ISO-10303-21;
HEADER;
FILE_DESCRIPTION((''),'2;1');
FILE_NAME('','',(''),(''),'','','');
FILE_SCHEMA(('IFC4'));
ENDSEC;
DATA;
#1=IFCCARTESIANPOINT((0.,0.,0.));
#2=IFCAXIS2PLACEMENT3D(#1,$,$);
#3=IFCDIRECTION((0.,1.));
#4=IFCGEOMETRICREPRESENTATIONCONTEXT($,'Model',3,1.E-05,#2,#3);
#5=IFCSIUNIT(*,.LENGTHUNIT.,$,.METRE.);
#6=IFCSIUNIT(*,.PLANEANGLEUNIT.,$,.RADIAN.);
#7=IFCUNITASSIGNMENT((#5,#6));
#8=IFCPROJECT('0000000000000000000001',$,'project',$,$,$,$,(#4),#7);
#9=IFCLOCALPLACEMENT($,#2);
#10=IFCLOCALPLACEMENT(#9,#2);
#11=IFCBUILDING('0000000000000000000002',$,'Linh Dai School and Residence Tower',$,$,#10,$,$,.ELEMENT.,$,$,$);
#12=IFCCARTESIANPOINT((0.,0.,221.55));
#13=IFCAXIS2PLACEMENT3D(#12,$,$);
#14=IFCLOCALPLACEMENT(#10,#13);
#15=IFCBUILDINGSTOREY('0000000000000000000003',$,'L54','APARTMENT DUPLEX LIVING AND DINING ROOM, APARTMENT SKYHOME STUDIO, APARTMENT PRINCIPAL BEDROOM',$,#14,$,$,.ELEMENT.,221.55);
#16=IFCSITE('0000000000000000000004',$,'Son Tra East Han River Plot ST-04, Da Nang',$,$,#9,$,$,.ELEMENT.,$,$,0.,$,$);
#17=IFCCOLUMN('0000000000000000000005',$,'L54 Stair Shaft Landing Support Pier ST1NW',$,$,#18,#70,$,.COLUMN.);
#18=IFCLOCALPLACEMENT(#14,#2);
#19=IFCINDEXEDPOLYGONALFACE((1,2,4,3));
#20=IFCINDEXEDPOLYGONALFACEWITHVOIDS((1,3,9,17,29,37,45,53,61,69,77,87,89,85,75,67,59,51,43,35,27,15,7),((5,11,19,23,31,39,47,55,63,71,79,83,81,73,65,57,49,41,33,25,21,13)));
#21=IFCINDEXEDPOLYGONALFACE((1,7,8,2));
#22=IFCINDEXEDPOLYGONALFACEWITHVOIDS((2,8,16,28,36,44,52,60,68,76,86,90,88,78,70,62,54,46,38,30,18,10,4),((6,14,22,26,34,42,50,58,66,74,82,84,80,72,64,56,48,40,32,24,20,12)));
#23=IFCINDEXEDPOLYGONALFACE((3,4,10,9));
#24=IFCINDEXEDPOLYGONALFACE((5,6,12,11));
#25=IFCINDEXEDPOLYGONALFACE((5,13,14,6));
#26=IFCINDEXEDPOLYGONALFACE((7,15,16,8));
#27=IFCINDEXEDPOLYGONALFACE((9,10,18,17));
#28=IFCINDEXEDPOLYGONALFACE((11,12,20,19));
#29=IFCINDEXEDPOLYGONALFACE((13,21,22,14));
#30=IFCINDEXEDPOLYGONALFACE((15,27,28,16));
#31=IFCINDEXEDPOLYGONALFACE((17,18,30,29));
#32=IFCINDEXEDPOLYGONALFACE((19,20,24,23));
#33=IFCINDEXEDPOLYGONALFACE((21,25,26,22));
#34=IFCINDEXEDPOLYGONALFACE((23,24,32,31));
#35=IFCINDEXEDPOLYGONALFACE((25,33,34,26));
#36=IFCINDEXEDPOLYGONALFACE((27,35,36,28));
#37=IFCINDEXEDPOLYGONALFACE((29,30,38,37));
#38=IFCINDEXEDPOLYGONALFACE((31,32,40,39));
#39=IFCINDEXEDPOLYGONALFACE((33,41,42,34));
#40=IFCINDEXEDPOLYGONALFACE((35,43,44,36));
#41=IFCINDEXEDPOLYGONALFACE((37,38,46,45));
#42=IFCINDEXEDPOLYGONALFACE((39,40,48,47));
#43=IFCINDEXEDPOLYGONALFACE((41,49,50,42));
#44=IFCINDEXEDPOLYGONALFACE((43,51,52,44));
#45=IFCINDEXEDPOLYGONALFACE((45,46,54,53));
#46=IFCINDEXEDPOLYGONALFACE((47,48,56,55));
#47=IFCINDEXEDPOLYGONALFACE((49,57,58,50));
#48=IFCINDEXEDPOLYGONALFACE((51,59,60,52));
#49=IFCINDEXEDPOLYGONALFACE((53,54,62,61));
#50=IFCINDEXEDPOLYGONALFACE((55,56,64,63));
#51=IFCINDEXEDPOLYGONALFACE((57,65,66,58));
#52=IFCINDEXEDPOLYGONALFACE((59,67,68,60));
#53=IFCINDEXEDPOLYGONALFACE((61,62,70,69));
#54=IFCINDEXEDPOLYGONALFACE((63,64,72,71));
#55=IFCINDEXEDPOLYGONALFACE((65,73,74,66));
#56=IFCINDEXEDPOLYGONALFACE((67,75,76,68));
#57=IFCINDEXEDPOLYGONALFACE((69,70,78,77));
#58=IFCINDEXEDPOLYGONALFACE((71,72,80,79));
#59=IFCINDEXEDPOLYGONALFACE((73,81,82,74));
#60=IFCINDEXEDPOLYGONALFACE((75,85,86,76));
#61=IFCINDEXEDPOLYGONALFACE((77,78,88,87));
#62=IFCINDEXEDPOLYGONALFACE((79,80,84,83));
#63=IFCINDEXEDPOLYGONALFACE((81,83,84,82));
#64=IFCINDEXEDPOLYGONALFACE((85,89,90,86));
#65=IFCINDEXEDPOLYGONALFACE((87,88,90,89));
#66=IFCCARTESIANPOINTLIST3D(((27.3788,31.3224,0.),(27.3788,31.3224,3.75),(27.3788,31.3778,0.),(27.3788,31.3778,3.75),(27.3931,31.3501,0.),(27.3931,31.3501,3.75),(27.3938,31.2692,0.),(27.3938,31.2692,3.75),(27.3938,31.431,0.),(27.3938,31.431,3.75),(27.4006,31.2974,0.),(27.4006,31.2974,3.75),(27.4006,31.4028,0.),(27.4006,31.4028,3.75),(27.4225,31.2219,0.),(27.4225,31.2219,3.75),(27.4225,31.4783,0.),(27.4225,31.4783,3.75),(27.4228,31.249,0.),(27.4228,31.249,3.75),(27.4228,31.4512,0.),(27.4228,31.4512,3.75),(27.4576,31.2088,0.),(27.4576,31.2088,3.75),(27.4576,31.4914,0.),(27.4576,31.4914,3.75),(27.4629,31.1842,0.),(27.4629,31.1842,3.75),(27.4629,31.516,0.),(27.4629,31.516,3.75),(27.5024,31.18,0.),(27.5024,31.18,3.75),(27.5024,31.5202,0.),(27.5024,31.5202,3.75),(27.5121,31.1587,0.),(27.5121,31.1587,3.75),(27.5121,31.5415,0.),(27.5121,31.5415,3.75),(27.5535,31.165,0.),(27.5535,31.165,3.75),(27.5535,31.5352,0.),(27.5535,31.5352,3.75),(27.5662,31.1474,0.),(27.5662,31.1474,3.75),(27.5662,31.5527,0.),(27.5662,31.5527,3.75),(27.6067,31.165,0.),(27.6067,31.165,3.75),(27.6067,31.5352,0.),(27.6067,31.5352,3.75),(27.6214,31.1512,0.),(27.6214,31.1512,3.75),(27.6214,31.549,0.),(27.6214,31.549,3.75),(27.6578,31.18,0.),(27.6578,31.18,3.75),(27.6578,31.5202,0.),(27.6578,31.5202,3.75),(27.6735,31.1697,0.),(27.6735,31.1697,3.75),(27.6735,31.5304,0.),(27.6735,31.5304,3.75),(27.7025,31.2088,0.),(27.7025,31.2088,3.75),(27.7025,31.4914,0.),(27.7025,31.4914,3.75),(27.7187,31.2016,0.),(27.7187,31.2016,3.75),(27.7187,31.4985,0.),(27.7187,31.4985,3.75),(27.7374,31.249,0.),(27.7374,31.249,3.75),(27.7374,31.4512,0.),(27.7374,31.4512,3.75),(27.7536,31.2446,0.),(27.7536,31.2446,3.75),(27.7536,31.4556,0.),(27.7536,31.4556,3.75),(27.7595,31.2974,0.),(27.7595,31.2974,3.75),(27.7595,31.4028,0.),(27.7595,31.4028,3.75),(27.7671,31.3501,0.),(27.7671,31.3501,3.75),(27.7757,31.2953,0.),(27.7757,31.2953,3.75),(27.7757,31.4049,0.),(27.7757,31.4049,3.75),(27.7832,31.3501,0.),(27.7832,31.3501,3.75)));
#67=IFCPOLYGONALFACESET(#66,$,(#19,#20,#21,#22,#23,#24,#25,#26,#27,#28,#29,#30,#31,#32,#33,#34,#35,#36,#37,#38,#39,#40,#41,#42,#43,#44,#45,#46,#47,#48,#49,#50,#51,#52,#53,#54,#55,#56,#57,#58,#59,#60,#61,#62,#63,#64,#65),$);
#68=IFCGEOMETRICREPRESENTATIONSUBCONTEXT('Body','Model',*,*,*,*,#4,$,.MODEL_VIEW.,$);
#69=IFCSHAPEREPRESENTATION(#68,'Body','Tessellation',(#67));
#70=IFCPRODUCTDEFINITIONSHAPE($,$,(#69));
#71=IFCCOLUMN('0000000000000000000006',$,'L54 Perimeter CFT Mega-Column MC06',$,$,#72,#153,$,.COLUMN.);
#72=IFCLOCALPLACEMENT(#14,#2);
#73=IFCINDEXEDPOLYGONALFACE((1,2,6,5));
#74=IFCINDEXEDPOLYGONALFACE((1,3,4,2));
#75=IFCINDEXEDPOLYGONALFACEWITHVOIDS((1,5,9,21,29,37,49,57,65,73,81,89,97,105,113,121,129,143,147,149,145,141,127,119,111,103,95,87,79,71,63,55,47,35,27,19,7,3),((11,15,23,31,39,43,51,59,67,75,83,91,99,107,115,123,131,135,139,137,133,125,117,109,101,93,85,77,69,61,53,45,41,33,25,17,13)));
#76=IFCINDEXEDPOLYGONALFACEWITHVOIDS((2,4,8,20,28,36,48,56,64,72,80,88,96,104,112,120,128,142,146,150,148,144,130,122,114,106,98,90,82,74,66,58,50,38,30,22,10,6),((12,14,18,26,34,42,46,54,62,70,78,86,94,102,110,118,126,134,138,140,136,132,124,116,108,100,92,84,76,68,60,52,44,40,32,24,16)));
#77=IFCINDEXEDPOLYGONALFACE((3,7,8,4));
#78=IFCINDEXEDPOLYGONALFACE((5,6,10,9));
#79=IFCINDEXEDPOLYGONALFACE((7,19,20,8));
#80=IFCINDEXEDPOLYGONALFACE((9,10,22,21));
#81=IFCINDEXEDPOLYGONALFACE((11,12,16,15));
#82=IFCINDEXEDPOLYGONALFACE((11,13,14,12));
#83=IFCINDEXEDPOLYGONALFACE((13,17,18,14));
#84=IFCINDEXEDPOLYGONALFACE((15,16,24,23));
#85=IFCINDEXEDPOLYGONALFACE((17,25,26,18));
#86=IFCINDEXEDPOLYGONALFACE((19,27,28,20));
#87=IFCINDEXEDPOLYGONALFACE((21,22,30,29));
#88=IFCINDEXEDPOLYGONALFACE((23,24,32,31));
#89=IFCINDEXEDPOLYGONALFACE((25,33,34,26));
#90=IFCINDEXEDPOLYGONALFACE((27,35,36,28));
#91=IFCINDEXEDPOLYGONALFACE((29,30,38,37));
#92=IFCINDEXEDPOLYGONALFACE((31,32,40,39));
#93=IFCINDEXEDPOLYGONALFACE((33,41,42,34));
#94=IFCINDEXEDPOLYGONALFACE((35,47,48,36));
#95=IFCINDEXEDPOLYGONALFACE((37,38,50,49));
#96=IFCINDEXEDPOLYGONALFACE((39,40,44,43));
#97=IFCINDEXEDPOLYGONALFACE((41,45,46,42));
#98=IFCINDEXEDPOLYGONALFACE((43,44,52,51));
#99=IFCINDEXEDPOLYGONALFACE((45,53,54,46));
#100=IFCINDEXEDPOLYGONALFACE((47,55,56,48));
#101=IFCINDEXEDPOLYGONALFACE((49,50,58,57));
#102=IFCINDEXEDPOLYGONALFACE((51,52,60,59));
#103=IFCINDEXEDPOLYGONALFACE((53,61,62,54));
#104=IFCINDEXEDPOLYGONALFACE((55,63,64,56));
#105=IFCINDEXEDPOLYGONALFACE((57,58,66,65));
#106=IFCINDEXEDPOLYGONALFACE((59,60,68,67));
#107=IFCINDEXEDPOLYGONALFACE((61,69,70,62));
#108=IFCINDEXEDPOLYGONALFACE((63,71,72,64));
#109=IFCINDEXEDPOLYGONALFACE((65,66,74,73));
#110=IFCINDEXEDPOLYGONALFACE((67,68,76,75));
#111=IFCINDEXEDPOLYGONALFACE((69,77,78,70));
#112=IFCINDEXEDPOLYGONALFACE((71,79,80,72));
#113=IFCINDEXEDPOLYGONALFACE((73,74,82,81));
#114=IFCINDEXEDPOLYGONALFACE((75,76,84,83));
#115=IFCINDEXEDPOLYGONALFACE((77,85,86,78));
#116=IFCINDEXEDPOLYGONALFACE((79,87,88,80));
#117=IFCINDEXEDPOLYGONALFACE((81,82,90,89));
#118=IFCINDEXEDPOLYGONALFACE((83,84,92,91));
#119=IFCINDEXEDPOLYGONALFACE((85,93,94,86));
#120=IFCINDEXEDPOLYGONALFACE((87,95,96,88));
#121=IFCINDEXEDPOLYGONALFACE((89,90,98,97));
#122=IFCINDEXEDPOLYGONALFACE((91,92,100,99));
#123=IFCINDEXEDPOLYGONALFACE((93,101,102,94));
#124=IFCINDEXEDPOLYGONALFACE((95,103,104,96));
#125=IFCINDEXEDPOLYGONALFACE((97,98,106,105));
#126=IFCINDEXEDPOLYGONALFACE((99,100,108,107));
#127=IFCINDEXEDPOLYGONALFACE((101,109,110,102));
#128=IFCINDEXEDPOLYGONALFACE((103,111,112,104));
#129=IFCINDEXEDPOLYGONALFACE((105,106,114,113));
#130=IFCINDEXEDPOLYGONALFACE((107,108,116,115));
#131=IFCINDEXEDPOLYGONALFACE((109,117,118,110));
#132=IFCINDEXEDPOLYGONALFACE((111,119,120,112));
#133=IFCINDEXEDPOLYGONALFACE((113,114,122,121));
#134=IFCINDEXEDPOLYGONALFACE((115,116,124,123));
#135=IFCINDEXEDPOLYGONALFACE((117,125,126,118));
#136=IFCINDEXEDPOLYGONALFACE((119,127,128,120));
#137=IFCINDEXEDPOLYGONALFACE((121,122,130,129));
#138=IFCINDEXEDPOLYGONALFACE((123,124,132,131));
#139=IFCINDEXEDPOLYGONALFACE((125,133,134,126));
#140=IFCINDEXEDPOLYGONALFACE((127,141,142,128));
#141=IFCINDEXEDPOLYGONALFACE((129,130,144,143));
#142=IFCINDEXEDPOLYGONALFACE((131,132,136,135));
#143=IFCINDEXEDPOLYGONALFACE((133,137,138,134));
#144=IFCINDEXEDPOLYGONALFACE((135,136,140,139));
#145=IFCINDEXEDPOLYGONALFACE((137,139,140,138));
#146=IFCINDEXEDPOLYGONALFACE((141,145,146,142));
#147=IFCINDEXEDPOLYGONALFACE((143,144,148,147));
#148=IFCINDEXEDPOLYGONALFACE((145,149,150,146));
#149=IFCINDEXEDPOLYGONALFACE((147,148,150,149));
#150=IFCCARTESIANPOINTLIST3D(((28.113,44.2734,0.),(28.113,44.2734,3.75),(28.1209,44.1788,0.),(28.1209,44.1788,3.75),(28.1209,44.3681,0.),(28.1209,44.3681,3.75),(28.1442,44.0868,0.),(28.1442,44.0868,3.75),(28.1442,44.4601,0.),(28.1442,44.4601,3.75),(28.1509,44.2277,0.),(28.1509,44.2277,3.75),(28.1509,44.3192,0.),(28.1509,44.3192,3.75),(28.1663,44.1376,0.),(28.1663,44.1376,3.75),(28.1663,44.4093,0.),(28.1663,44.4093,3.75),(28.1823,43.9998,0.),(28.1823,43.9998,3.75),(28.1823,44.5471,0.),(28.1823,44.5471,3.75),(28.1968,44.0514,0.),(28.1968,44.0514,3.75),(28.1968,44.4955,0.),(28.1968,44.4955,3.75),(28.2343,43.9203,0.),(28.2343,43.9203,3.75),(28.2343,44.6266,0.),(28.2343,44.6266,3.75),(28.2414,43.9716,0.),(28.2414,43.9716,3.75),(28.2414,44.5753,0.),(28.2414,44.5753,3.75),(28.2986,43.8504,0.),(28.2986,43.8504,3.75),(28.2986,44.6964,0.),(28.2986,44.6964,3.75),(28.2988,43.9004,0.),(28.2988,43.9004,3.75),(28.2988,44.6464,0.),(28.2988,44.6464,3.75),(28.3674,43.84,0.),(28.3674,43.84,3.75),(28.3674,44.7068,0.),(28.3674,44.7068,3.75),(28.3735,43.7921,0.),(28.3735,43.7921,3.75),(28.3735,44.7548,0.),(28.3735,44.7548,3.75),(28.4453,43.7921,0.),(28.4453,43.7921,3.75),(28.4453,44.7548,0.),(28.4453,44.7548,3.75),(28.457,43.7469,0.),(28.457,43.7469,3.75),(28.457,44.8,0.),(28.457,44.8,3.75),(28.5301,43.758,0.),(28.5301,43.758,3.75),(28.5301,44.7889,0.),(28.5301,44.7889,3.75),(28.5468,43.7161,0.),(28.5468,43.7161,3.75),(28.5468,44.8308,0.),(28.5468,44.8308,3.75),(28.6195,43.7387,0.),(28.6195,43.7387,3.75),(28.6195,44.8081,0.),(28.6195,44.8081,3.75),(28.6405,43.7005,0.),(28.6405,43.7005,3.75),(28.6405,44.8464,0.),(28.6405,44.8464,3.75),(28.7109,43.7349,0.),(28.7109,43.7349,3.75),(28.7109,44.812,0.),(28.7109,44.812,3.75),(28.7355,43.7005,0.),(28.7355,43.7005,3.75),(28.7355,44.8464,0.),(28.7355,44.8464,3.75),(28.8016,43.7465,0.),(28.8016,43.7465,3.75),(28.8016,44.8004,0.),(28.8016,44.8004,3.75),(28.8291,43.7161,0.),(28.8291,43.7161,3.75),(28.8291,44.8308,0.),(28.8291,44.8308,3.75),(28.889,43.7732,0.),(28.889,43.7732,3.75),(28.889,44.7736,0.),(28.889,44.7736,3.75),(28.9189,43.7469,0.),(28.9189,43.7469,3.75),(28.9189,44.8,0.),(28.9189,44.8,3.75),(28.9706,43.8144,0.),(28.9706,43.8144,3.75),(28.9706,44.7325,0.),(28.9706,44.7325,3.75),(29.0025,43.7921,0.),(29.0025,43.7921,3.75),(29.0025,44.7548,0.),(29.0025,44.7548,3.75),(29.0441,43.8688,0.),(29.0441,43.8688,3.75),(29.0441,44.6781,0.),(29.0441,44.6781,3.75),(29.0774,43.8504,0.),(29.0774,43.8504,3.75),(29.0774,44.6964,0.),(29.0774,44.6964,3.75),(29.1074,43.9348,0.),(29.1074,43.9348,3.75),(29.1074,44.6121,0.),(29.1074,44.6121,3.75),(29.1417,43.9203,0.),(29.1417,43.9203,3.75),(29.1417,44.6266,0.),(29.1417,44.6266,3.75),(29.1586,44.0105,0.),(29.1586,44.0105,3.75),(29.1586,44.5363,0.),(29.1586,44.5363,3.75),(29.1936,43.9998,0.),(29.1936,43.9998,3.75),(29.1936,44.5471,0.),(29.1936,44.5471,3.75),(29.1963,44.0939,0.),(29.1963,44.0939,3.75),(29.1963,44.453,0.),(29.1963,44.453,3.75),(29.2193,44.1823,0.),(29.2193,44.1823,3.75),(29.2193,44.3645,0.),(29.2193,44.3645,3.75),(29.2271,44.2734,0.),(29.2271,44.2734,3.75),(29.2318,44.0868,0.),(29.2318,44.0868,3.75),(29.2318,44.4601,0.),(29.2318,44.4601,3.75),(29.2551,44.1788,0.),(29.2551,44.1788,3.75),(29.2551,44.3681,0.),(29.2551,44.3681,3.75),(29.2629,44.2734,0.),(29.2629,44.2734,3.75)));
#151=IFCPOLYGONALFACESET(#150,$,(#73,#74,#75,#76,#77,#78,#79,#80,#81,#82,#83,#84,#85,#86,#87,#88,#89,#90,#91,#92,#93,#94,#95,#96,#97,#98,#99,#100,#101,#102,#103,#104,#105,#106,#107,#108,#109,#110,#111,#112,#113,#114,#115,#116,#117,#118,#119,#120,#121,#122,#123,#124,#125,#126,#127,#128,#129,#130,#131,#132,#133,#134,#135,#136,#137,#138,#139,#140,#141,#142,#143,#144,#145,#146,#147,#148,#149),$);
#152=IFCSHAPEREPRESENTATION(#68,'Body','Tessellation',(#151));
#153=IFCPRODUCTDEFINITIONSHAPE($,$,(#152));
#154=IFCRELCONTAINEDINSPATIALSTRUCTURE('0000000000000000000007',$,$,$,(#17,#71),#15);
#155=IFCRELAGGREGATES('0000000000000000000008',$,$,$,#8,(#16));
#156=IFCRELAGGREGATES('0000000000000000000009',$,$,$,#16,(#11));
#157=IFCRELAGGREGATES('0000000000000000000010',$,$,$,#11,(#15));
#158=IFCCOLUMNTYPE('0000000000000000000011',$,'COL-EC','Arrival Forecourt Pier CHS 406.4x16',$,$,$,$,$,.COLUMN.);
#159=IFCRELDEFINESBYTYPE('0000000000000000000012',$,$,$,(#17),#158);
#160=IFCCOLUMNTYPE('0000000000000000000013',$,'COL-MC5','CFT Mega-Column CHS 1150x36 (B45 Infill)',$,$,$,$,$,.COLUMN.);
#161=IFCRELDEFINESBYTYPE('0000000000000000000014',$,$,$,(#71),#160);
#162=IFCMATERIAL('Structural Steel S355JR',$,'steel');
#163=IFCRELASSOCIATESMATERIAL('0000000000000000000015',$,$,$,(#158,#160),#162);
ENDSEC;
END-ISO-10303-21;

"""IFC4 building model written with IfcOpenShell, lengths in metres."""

from ifc_helpers import new_model, si_unit, direction, frame, origin, origin_2d, place, context, subcontext, project, spatial, hollow_circle, extrude, material, material_profile, profile_set, type_object, element, save


model = new_model("IFC4")

# Units and contexts
model_context = context("Model", 3, precision=1e-05, world=origin(), true_north=direction((0.0, 1.0)))
body_context = subcontext(model_context, "Body", "Model", "MODEL_VIEW")
ifc_project = project(units=[si_unit("LENGTHUNIT", "METRE"), si_unit("PLANEANGLEUNIT", "RADIAN")], contexts=[model_context])

# Site, building, storey
site_placement = place(None, origin())
site = spatial("IfcSite", under=ifc_project, at=site_placement, Name="Son Tra East Han River Plot ST-04, Da Nang", CompositionType="ELEMENT", RefElevation=0.0)
building_placement = place(site_placement, origin())
building = spatial("IfcBuilding", under=site, at=building_placement, Name="Linh Dai School and Residence Tower", CompositionType="ELEMENT")
storey_placement = place(building_placement, frame((0.0, 0.0, 221.55)))
storey = spatial("IfcBuildingStorey", under=building, at=storey_placement, Name="L54", Description="APARTMENT DUPLEX LIVING AND DINING ROOM, APARTMENT SKYHOME STUDIO, APARTMENT PRINCIPAL BEDROOM", CompositionType="ELEMENT", Elevation=221.55)

# Columns
ifc_material_1 = material(Name="Structural Steel S355JR", Category="steel")
ifc_material_profile_1 = material_profile(ifc_material_1, hollow_circle(Radius=0.2031, WallThickness=0.0161, at=origin_2d()), Name="CHS 406.4x16")
ifc_profile_set_1 = profile_set([ifc_material_profile_1], Name="Structural Steel S355JR")
column_type_1 = type_object("IfcColumnType", Name="COL-EC", Description="Arrival Forecourt Pier CHS 406.4x16", PredefinedType="COLUMN", material=ifc_profile_set_1)
column_1_placement = place(storey_placement, frame((27.5801, 31.3501, 0.0), z_axis=(0.0, 0.0, 1.0), x_axis=(1.0, 0.0, 0.0)))
element("IfcColumn", 1, at=column_1_placement, inside=storey, type_object=column_type_1, Name="L54 Stair Shaft Landing Support Pier ST1NW", PredefinedType="COLUMN", context=body_context, shape_type="SweptSolid", body=[
    extrude(hollow_circle(Radius=0.2031, WallThickness=0.0161, at=origin_2d()), origin(), (0.0, 0.0, 1.0), 3.75),
])
ifc_material_profile_2 = material_profile(ifc_material_1, hollow_circle(Radius=0.575, WallThickness=0.0359, at=origin_2d()), Name="CHS 1150x36")
ifc_profile_set_2 = profile_set([ifc_material_profile_2], Name="Structural Steel S355JR")
column_type_2 = type_object("IfcColumnType", Name="COL-MC5", Description="CFT Mega-Column CHS 1150x36 (B45 Infill)", PredefinedType="COLUMN", material=ifc_profile_set_2)
column_2_placement = place(storey_placement, frame((28.688, 44.2734, 0.0), z_axis=(0.0, 0.0, 1.0), x_axis=(1.0, 0.0, 0.0)))
element("IfcColumn", 2, at=column_2_placement, inside=storey, type_object=column_type_2, Name="L54 Perimeter CFT Mega-Column MC06", PredefinedType="COLUMN", context=body_context, shape_type="SweptSolid", body=[
    extrude(hollow_circle(Radius=0.575, WallThickness=0.0359, at=origin_2d()), origin(), (0.0, 0.0, 1.0), 3.75),
])

save(model, "model.ifc")
